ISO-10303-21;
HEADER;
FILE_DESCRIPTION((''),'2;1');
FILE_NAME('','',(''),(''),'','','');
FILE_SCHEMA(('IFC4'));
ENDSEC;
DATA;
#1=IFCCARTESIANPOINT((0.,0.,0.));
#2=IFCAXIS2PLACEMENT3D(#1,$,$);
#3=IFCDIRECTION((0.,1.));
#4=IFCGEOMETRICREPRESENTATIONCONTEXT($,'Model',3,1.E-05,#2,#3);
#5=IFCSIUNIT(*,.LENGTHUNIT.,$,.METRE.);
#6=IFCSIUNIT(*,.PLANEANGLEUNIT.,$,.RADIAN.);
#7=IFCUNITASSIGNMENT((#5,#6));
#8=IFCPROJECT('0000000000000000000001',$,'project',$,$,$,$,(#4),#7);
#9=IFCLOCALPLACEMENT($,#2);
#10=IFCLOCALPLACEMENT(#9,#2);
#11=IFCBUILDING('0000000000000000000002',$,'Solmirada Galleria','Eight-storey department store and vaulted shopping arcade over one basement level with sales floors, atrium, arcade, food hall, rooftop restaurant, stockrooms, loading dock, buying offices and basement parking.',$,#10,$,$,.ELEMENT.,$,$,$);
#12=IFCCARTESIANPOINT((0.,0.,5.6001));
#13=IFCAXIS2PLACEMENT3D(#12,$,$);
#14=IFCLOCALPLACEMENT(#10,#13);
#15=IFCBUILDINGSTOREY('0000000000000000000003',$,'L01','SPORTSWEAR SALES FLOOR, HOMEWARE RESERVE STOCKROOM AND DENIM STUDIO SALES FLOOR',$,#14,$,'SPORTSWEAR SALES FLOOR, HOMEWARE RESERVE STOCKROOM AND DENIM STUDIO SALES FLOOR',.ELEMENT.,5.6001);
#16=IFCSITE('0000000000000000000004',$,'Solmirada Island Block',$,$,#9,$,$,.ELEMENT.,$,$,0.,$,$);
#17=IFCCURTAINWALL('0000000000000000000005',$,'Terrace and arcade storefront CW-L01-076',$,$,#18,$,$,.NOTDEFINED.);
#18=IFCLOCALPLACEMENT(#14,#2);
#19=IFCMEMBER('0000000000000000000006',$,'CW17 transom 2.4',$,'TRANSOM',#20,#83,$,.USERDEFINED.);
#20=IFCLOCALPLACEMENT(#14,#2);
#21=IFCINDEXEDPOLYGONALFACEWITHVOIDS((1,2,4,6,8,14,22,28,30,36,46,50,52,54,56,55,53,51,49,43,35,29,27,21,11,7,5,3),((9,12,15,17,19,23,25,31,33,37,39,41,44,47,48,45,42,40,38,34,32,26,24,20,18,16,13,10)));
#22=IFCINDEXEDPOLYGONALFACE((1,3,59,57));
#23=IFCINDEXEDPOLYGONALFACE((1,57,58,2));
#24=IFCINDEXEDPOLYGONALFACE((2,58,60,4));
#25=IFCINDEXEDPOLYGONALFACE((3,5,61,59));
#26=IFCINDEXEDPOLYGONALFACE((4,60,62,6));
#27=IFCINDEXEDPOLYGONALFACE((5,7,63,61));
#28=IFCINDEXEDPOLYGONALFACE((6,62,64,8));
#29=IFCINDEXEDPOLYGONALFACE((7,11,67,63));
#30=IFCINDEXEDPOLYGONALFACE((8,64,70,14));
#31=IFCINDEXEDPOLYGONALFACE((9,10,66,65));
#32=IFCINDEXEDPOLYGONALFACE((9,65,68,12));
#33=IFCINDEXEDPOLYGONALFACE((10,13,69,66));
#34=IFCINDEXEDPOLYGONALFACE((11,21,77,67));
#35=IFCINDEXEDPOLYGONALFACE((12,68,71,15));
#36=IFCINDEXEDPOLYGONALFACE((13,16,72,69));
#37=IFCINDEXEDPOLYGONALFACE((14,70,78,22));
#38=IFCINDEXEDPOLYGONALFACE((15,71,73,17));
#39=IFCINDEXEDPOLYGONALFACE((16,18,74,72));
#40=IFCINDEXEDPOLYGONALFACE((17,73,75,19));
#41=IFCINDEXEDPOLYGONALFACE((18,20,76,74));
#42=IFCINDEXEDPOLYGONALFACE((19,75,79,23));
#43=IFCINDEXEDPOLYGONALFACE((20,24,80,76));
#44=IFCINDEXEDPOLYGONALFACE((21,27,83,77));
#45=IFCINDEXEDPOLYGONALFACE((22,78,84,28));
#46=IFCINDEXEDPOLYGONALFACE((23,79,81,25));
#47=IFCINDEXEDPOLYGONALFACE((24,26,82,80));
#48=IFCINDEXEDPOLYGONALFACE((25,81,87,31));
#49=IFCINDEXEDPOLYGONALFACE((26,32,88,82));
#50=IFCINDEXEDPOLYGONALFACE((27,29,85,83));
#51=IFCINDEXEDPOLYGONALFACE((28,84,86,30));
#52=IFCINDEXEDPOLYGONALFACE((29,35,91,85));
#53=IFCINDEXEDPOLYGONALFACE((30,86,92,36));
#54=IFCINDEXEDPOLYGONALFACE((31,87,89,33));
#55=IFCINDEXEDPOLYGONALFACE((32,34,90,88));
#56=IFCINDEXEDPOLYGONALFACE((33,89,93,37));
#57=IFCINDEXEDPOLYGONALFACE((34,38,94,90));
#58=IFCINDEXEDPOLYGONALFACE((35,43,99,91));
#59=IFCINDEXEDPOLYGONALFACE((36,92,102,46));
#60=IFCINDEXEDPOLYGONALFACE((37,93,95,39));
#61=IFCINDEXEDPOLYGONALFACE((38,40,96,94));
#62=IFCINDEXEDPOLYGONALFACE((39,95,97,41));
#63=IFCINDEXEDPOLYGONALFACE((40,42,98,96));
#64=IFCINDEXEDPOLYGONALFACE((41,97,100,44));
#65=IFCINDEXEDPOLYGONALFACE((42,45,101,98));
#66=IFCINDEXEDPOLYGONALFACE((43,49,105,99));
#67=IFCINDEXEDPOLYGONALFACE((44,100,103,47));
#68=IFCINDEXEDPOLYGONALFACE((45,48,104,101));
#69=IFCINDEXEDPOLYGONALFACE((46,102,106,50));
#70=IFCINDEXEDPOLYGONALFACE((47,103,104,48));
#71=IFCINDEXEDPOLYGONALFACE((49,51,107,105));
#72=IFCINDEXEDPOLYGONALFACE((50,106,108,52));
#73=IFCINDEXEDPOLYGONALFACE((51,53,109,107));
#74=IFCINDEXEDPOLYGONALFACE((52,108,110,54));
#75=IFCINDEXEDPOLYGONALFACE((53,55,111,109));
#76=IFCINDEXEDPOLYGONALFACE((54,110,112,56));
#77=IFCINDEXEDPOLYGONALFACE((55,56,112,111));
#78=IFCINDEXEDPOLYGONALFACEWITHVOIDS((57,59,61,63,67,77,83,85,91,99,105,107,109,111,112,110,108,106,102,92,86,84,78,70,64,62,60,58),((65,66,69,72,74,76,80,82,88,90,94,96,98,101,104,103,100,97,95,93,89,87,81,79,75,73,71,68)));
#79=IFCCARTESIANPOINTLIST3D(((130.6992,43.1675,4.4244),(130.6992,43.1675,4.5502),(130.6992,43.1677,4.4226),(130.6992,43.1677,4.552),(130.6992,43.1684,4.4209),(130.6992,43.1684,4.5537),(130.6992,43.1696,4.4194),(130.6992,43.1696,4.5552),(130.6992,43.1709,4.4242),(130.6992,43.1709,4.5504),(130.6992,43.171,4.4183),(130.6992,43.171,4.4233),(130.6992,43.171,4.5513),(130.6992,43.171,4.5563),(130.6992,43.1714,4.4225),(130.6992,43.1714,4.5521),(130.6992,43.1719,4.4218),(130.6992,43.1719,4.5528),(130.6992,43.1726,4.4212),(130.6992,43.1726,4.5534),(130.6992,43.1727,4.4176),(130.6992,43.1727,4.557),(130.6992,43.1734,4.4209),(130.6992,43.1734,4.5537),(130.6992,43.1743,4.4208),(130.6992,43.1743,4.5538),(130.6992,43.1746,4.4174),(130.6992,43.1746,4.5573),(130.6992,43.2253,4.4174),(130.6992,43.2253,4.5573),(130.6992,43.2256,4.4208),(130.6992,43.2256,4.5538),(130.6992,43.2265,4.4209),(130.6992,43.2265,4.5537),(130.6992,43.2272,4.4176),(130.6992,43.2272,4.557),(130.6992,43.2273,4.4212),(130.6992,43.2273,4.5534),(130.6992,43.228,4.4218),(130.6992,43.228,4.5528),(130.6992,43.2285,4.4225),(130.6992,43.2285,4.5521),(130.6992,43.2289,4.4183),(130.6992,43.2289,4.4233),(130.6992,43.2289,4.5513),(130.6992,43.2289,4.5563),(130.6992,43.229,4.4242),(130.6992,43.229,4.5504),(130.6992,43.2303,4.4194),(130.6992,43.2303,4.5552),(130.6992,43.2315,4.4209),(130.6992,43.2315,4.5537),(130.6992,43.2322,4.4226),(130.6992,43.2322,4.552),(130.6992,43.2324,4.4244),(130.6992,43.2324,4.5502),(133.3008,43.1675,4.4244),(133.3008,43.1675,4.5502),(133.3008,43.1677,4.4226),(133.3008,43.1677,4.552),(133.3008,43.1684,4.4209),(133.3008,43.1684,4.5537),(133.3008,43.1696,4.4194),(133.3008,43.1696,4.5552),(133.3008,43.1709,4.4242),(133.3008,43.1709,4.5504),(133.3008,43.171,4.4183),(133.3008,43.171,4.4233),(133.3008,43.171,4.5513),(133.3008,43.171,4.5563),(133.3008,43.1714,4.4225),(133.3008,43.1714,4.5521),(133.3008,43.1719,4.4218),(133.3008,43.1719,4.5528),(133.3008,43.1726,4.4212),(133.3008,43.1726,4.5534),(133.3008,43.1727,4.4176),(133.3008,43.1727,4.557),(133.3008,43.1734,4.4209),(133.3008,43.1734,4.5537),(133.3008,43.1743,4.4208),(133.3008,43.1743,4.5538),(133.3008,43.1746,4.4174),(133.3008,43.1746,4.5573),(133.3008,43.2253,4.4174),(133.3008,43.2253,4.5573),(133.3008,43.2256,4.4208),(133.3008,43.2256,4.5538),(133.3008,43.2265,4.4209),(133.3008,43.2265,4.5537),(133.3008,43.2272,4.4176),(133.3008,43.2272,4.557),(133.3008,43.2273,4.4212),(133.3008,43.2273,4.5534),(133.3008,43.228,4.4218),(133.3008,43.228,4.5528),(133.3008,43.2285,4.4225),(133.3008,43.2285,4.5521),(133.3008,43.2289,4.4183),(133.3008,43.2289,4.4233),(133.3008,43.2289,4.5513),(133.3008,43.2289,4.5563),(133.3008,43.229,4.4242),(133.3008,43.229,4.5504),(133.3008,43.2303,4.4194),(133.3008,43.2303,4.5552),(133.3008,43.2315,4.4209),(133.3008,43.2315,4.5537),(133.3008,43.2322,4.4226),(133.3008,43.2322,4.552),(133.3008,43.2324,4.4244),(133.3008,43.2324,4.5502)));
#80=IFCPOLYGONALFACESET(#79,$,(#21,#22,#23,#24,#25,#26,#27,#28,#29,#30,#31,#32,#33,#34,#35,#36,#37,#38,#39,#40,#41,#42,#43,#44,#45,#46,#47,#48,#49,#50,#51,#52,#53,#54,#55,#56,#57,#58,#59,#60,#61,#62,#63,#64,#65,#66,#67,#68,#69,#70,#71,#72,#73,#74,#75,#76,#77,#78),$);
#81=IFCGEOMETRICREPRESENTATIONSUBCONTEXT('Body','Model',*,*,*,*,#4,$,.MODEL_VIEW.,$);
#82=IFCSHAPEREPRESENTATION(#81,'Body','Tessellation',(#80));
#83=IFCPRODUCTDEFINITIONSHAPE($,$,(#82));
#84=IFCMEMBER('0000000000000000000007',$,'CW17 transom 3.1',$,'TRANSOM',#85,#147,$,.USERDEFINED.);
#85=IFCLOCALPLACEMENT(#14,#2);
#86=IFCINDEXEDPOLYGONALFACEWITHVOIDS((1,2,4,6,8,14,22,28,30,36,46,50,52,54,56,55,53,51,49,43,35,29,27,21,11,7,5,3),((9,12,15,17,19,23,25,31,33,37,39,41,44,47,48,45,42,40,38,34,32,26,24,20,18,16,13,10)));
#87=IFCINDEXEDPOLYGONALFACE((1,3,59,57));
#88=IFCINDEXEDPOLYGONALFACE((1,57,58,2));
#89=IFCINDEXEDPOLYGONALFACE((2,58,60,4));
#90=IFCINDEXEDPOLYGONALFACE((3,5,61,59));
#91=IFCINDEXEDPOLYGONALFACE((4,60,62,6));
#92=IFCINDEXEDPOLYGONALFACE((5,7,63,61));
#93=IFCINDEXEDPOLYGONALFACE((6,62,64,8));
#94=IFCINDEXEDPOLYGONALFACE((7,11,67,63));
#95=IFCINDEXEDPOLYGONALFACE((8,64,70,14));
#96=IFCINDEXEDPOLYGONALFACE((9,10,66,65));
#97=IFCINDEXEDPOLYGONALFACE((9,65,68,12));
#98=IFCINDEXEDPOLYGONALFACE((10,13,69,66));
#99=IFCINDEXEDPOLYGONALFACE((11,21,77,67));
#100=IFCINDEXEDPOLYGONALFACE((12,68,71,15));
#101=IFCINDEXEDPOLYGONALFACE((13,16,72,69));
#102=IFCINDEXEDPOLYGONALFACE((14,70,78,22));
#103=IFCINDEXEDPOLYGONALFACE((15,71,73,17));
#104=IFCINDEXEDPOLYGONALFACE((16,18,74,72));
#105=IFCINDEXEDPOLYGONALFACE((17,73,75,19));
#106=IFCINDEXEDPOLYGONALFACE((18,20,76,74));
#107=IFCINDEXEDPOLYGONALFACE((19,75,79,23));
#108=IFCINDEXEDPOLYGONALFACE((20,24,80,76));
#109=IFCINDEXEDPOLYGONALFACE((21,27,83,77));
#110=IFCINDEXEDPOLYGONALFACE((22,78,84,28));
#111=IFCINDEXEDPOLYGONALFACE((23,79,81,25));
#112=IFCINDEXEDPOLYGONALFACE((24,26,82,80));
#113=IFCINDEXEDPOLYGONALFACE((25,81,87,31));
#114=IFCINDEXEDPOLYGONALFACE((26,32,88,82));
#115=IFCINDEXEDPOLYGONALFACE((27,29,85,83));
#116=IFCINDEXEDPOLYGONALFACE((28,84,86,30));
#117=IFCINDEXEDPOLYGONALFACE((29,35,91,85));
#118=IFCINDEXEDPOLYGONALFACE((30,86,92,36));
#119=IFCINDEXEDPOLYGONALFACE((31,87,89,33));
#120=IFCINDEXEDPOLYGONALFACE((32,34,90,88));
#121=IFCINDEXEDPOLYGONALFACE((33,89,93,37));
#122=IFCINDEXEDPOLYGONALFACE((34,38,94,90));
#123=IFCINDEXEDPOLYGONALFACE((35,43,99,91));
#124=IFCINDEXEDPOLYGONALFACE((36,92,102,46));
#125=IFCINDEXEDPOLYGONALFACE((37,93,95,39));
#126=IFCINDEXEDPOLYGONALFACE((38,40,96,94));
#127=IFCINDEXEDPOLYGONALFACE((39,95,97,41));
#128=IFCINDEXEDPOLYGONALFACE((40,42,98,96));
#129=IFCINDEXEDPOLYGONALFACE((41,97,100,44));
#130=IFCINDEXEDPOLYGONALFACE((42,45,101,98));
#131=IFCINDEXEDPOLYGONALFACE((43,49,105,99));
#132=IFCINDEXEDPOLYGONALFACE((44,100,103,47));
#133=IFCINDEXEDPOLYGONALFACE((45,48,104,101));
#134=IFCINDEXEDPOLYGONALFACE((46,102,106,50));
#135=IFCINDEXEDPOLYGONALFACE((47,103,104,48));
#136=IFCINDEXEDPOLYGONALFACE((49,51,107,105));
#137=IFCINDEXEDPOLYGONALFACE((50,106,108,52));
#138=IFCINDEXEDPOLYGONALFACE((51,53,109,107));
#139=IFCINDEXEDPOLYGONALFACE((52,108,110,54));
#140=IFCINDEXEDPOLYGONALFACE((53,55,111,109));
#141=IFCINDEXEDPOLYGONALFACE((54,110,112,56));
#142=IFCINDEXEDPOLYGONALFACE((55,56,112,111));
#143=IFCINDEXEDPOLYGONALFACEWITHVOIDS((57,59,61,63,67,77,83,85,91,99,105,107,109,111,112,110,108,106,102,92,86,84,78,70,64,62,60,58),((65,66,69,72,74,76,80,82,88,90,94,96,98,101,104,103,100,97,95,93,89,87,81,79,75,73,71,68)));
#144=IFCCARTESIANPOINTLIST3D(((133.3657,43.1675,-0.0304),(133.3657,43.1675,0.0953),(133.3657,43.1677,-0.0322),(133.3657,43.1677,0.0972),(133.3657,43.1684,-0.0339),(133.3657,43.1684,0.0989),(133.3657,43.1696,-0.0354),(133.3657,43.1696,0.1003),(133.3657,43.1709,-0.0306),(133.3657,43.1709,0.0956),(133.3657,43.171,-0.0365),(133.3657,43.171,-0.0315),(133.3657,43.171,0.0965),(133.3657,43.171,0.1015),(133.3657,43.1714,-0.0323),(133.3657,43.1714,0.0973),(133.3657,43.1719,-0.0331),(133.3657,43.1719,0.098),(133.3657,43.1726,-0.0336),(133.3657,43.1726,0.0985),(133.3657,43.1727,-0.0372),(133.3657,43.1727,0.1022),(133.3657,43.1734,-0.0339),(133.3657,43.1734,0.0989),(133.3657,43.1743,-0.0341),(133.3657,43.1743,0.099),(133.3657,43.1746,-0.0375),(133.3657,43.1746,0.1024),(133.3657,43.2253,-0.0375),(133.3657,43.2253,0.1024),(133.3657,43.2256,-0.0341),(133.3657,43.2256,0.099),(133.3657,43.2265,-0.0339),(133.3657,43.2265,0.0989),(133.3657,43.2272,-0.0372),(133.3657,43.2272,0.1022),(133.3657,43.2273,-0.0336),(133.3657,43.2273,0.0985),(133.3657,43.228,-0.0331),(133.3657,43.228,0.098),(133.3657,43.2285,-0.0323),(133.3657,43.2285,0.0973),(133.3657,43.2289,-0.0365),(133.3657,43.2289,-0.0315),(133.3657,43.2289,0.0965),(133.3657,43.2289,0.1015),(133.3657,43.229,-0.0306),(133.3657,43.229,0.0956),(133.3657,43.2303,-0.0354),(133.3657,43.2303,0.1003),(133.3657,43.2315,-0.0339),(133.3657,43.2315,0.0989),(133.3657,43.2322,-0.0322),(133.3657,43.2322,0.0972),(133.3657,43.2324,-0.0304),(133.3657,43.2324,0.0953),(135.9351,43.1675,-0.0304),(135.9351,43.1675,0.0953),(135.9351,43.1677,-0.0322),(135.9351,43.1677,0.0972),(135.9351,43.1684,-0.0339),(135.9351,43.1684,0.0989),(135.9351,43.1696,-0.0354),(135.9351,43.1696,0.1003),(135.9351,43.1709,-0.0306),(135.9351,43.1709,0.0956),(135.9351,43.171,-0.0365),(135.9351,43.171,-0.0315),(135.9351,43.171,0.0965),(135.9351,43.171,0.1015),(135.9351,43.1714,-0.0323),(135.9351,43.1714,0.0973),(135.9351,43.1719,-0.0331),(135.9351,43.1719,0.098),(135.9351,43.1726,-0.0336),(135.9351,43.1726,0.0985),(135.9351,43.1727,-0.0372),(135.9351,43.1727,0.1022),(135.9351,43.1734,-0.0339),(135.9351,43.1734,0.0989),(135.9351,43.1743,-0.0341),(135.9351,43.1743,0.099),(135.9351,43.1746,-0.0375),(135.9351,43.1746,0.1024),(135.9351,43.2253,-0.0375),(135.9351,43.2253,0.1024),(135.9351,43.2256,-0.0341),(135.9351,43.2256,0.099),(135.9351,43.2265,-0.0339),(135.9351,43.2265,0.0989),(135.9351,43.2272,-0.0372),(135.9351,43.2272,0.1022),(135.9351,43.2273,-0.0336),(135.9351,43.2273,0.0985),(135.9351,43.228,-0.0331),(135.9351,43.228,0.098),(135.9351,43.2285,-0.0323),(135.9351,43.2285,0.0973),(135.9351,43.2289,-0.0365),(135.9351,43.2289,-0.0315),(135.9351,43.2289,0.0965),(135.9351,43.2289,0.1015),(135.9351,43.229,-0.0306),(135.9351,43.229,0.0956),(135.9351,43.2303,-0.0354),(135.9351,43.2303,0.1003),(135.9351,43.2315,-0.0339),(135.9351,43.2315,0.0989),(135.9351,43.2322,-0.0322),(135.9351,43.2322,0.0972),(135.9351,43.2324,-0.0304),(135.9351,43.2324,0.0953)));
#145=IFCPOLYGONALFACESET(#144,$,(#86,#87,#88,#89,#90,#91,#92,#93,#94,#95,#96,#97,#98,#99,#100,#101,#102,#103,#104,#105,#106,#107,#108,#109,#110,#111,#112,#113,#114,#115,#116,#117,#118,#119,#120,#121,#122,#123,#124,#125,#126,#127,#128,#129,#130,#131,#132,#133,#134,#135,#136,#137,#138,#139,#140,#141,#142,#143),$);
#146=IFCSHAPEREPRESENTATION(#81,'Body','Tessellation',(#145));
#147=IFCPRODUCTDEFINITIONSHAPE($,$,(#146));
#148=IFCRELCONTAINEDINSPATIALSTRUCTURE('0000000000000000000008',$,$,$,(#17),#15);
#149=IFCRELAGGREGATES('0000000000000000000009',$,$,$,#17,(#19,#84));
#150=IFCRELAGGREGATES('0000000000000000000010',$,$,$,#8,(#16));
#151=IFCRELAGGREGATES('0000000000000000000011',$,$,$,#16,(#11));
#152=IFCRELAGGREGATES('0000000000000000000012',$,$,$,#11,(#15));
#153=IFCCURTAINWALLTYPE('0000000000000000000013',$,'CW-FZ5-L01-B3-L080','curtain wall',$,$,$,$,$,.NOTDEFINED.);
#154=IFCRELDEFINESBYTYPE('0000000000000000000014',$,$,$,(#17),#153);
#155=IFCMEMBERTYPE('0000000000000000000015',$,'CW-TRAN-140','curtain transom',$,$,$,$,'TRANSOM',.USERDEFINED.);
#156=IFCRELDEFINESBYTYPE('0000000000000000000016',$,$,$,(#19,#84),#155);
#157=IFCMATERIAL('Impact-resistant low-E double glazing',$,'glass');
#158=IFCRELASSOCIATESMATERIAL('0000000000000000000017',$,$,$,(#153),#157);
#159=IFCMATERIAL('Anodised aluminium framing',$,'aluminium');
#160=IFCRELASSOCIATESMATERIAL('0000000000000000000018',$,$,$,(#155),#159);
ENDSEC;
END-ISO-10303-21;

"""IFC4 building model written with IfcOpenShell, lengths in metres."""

from ifc_helpers import new_model, si_unit, direction, frame, origin, origin_2d, place, context, subcontext, project, spatial, hollow_rectangle, extrude, material, material_profile, profile_set, type_object, element, aggregate, save


model = new_model("IFC4")

# Units and contexts
model_context = context("Model", 3, precision=1e-05, world=origin(), true_north=direction((0.0, 1.0)))
body_context = subcontext(model_context, "Body", "Model", "MODEL_VIEW")
ifc_project = project(units=[si_unit("LENGTHUNIT", "METRE"), si_unit("PLANEANGLEUNIT", "RADIAN")], contexts=[model_context])

# Site, building, storey
site_placement = place(None, origin())
site = spatial("IfcSite", under=ifc_project, at=site_placement, Name="Solmirada Island Block", CompositionType="ELEMENT", RefElevation=0.0)
building_placement = place(site_placement, origin())
building = spatial("IfcBuilding", under=site, at=building_placement, Name="Solmirada Galleria", Description="Eight-storey department store and vaulted shopping arcade over one basement level with sales floors, atrium, arcade, food hall, rooftop restaurant, stockrooms, loading dock, buying offices and basement parking.", CompositionType="ELEMENT")
storey_placement = place(building_placement, frame((0.0, 0.0, 5.6001)))
storey = spatial("IfcBuildingStorey", under=building, at=storey_placement, Name="L01", Description="SPORTSWEAR SALES FLOOR, HOMEWARE RESERVE STOCKROOM AND DENIM STUDIO SALES FLOOR", LongName="SPORTSWEAR SALES FLOOR, HOMEWARE RESERVE STOCKROOM AND DENIM STUDIO SALES FLOOR", CompositionType="ELEMENT", Elevation=5.6001)

# Curtain wall
ifc_material_1 = material(Name="Impact-resistant low-E double glazing", Category="glass")
curtain_wall_type = type_object("IfcCurtainWallType", Name="CW-FZ5-L01-B3-L080", Description="curtain wall", PredefinedType="NOTDEFINED", material=ifc_material_1)
curtain_wall_1_placement = place(storey_placement, origin())
curtain_wall_1 = element("IfcCurtainWall", 1, at=curtain_wall_1_placement, inside=storey, type_object=curtain_wall_type, Name="Terrace and arcade storefront CW-L01-076", PredefinedType="NOTDEFINED")
ifc_material_2 = material(Name="Anodised aluminium framing", Category="aluminium")

# Members
ifc_material_profile_1 = material_profile(ifc_material_2, hollow_rectangle(XDim=0.0649, YDim=0.1399, WallThickness=0.0034, InnerFilletRadius=0.0034, OuterFilletRadius=0.0071, at=origin_2d()), Name="ALU-TRAN-140X65")
ifc_profile_set_1 = profile_set([ifc_material_profile_1], Name="Anodised aluminium framing")
member_type_1 = type_object("IfcMemberType", Name="CW-TRAN-140", Description="curtain transom", ElementType="TRANSOM", PredefinedType="USERDEFINED", material=ifc_profile_set_1)
member_1_placement = place(storey_placement, frame((130.6992, 43.2, 4.4873), z_axis=(1.0, 0.0, 0.0), x_axis=(0.0, 1.0, 0.0)))
member_1 = element("IfcMember", 2, at=member_1_placement, type_object=member_type_1, Name="CW17 transom 2.4", ObjectType="TRANSOM", PredefinedType="USERDEFINED", context=body_context, shape_type="SweptSolid", body=[
    extrude(hollow_rectangle(XDim=0.0649, YDim=0.1399, WallThickness=0.0034, InnerFilletRadius=0.0034, OuterFilletRadius=0.0071, at=origin_2d()), origin(), (0.0, 0.0, 1.0), 2.6016),
])
member_2_placement = place(storey_placement, frame((133.3657, 43.2, 0.0325), z_axis=(1.0, 0.0, 0.0), x_axis=(0.0, 1.0, 0.0)))
member_2 = element("IfcMember", 3, at=member_2_placement, type_object=member_type_1, Name="CW17 transom 3.1", ObjectType="TRANSOM", PredefinedType="USERDEFINED", context=body_context, shape_type="SweptSolid", body=[
    extrude(hollow_rectangle(XDim=0.0649, YDim=0.1399, WallThickness=0.0034, InnerFilletRadius=0.0034, OuterFilletRadius=0.0071, at=origin_2d()), origin(), (0.0, 0.0, 1.0), 2.5693),
])

aggregate(curtain_wall_1, [member_1, member_2])

save(model, "model.ifc")
